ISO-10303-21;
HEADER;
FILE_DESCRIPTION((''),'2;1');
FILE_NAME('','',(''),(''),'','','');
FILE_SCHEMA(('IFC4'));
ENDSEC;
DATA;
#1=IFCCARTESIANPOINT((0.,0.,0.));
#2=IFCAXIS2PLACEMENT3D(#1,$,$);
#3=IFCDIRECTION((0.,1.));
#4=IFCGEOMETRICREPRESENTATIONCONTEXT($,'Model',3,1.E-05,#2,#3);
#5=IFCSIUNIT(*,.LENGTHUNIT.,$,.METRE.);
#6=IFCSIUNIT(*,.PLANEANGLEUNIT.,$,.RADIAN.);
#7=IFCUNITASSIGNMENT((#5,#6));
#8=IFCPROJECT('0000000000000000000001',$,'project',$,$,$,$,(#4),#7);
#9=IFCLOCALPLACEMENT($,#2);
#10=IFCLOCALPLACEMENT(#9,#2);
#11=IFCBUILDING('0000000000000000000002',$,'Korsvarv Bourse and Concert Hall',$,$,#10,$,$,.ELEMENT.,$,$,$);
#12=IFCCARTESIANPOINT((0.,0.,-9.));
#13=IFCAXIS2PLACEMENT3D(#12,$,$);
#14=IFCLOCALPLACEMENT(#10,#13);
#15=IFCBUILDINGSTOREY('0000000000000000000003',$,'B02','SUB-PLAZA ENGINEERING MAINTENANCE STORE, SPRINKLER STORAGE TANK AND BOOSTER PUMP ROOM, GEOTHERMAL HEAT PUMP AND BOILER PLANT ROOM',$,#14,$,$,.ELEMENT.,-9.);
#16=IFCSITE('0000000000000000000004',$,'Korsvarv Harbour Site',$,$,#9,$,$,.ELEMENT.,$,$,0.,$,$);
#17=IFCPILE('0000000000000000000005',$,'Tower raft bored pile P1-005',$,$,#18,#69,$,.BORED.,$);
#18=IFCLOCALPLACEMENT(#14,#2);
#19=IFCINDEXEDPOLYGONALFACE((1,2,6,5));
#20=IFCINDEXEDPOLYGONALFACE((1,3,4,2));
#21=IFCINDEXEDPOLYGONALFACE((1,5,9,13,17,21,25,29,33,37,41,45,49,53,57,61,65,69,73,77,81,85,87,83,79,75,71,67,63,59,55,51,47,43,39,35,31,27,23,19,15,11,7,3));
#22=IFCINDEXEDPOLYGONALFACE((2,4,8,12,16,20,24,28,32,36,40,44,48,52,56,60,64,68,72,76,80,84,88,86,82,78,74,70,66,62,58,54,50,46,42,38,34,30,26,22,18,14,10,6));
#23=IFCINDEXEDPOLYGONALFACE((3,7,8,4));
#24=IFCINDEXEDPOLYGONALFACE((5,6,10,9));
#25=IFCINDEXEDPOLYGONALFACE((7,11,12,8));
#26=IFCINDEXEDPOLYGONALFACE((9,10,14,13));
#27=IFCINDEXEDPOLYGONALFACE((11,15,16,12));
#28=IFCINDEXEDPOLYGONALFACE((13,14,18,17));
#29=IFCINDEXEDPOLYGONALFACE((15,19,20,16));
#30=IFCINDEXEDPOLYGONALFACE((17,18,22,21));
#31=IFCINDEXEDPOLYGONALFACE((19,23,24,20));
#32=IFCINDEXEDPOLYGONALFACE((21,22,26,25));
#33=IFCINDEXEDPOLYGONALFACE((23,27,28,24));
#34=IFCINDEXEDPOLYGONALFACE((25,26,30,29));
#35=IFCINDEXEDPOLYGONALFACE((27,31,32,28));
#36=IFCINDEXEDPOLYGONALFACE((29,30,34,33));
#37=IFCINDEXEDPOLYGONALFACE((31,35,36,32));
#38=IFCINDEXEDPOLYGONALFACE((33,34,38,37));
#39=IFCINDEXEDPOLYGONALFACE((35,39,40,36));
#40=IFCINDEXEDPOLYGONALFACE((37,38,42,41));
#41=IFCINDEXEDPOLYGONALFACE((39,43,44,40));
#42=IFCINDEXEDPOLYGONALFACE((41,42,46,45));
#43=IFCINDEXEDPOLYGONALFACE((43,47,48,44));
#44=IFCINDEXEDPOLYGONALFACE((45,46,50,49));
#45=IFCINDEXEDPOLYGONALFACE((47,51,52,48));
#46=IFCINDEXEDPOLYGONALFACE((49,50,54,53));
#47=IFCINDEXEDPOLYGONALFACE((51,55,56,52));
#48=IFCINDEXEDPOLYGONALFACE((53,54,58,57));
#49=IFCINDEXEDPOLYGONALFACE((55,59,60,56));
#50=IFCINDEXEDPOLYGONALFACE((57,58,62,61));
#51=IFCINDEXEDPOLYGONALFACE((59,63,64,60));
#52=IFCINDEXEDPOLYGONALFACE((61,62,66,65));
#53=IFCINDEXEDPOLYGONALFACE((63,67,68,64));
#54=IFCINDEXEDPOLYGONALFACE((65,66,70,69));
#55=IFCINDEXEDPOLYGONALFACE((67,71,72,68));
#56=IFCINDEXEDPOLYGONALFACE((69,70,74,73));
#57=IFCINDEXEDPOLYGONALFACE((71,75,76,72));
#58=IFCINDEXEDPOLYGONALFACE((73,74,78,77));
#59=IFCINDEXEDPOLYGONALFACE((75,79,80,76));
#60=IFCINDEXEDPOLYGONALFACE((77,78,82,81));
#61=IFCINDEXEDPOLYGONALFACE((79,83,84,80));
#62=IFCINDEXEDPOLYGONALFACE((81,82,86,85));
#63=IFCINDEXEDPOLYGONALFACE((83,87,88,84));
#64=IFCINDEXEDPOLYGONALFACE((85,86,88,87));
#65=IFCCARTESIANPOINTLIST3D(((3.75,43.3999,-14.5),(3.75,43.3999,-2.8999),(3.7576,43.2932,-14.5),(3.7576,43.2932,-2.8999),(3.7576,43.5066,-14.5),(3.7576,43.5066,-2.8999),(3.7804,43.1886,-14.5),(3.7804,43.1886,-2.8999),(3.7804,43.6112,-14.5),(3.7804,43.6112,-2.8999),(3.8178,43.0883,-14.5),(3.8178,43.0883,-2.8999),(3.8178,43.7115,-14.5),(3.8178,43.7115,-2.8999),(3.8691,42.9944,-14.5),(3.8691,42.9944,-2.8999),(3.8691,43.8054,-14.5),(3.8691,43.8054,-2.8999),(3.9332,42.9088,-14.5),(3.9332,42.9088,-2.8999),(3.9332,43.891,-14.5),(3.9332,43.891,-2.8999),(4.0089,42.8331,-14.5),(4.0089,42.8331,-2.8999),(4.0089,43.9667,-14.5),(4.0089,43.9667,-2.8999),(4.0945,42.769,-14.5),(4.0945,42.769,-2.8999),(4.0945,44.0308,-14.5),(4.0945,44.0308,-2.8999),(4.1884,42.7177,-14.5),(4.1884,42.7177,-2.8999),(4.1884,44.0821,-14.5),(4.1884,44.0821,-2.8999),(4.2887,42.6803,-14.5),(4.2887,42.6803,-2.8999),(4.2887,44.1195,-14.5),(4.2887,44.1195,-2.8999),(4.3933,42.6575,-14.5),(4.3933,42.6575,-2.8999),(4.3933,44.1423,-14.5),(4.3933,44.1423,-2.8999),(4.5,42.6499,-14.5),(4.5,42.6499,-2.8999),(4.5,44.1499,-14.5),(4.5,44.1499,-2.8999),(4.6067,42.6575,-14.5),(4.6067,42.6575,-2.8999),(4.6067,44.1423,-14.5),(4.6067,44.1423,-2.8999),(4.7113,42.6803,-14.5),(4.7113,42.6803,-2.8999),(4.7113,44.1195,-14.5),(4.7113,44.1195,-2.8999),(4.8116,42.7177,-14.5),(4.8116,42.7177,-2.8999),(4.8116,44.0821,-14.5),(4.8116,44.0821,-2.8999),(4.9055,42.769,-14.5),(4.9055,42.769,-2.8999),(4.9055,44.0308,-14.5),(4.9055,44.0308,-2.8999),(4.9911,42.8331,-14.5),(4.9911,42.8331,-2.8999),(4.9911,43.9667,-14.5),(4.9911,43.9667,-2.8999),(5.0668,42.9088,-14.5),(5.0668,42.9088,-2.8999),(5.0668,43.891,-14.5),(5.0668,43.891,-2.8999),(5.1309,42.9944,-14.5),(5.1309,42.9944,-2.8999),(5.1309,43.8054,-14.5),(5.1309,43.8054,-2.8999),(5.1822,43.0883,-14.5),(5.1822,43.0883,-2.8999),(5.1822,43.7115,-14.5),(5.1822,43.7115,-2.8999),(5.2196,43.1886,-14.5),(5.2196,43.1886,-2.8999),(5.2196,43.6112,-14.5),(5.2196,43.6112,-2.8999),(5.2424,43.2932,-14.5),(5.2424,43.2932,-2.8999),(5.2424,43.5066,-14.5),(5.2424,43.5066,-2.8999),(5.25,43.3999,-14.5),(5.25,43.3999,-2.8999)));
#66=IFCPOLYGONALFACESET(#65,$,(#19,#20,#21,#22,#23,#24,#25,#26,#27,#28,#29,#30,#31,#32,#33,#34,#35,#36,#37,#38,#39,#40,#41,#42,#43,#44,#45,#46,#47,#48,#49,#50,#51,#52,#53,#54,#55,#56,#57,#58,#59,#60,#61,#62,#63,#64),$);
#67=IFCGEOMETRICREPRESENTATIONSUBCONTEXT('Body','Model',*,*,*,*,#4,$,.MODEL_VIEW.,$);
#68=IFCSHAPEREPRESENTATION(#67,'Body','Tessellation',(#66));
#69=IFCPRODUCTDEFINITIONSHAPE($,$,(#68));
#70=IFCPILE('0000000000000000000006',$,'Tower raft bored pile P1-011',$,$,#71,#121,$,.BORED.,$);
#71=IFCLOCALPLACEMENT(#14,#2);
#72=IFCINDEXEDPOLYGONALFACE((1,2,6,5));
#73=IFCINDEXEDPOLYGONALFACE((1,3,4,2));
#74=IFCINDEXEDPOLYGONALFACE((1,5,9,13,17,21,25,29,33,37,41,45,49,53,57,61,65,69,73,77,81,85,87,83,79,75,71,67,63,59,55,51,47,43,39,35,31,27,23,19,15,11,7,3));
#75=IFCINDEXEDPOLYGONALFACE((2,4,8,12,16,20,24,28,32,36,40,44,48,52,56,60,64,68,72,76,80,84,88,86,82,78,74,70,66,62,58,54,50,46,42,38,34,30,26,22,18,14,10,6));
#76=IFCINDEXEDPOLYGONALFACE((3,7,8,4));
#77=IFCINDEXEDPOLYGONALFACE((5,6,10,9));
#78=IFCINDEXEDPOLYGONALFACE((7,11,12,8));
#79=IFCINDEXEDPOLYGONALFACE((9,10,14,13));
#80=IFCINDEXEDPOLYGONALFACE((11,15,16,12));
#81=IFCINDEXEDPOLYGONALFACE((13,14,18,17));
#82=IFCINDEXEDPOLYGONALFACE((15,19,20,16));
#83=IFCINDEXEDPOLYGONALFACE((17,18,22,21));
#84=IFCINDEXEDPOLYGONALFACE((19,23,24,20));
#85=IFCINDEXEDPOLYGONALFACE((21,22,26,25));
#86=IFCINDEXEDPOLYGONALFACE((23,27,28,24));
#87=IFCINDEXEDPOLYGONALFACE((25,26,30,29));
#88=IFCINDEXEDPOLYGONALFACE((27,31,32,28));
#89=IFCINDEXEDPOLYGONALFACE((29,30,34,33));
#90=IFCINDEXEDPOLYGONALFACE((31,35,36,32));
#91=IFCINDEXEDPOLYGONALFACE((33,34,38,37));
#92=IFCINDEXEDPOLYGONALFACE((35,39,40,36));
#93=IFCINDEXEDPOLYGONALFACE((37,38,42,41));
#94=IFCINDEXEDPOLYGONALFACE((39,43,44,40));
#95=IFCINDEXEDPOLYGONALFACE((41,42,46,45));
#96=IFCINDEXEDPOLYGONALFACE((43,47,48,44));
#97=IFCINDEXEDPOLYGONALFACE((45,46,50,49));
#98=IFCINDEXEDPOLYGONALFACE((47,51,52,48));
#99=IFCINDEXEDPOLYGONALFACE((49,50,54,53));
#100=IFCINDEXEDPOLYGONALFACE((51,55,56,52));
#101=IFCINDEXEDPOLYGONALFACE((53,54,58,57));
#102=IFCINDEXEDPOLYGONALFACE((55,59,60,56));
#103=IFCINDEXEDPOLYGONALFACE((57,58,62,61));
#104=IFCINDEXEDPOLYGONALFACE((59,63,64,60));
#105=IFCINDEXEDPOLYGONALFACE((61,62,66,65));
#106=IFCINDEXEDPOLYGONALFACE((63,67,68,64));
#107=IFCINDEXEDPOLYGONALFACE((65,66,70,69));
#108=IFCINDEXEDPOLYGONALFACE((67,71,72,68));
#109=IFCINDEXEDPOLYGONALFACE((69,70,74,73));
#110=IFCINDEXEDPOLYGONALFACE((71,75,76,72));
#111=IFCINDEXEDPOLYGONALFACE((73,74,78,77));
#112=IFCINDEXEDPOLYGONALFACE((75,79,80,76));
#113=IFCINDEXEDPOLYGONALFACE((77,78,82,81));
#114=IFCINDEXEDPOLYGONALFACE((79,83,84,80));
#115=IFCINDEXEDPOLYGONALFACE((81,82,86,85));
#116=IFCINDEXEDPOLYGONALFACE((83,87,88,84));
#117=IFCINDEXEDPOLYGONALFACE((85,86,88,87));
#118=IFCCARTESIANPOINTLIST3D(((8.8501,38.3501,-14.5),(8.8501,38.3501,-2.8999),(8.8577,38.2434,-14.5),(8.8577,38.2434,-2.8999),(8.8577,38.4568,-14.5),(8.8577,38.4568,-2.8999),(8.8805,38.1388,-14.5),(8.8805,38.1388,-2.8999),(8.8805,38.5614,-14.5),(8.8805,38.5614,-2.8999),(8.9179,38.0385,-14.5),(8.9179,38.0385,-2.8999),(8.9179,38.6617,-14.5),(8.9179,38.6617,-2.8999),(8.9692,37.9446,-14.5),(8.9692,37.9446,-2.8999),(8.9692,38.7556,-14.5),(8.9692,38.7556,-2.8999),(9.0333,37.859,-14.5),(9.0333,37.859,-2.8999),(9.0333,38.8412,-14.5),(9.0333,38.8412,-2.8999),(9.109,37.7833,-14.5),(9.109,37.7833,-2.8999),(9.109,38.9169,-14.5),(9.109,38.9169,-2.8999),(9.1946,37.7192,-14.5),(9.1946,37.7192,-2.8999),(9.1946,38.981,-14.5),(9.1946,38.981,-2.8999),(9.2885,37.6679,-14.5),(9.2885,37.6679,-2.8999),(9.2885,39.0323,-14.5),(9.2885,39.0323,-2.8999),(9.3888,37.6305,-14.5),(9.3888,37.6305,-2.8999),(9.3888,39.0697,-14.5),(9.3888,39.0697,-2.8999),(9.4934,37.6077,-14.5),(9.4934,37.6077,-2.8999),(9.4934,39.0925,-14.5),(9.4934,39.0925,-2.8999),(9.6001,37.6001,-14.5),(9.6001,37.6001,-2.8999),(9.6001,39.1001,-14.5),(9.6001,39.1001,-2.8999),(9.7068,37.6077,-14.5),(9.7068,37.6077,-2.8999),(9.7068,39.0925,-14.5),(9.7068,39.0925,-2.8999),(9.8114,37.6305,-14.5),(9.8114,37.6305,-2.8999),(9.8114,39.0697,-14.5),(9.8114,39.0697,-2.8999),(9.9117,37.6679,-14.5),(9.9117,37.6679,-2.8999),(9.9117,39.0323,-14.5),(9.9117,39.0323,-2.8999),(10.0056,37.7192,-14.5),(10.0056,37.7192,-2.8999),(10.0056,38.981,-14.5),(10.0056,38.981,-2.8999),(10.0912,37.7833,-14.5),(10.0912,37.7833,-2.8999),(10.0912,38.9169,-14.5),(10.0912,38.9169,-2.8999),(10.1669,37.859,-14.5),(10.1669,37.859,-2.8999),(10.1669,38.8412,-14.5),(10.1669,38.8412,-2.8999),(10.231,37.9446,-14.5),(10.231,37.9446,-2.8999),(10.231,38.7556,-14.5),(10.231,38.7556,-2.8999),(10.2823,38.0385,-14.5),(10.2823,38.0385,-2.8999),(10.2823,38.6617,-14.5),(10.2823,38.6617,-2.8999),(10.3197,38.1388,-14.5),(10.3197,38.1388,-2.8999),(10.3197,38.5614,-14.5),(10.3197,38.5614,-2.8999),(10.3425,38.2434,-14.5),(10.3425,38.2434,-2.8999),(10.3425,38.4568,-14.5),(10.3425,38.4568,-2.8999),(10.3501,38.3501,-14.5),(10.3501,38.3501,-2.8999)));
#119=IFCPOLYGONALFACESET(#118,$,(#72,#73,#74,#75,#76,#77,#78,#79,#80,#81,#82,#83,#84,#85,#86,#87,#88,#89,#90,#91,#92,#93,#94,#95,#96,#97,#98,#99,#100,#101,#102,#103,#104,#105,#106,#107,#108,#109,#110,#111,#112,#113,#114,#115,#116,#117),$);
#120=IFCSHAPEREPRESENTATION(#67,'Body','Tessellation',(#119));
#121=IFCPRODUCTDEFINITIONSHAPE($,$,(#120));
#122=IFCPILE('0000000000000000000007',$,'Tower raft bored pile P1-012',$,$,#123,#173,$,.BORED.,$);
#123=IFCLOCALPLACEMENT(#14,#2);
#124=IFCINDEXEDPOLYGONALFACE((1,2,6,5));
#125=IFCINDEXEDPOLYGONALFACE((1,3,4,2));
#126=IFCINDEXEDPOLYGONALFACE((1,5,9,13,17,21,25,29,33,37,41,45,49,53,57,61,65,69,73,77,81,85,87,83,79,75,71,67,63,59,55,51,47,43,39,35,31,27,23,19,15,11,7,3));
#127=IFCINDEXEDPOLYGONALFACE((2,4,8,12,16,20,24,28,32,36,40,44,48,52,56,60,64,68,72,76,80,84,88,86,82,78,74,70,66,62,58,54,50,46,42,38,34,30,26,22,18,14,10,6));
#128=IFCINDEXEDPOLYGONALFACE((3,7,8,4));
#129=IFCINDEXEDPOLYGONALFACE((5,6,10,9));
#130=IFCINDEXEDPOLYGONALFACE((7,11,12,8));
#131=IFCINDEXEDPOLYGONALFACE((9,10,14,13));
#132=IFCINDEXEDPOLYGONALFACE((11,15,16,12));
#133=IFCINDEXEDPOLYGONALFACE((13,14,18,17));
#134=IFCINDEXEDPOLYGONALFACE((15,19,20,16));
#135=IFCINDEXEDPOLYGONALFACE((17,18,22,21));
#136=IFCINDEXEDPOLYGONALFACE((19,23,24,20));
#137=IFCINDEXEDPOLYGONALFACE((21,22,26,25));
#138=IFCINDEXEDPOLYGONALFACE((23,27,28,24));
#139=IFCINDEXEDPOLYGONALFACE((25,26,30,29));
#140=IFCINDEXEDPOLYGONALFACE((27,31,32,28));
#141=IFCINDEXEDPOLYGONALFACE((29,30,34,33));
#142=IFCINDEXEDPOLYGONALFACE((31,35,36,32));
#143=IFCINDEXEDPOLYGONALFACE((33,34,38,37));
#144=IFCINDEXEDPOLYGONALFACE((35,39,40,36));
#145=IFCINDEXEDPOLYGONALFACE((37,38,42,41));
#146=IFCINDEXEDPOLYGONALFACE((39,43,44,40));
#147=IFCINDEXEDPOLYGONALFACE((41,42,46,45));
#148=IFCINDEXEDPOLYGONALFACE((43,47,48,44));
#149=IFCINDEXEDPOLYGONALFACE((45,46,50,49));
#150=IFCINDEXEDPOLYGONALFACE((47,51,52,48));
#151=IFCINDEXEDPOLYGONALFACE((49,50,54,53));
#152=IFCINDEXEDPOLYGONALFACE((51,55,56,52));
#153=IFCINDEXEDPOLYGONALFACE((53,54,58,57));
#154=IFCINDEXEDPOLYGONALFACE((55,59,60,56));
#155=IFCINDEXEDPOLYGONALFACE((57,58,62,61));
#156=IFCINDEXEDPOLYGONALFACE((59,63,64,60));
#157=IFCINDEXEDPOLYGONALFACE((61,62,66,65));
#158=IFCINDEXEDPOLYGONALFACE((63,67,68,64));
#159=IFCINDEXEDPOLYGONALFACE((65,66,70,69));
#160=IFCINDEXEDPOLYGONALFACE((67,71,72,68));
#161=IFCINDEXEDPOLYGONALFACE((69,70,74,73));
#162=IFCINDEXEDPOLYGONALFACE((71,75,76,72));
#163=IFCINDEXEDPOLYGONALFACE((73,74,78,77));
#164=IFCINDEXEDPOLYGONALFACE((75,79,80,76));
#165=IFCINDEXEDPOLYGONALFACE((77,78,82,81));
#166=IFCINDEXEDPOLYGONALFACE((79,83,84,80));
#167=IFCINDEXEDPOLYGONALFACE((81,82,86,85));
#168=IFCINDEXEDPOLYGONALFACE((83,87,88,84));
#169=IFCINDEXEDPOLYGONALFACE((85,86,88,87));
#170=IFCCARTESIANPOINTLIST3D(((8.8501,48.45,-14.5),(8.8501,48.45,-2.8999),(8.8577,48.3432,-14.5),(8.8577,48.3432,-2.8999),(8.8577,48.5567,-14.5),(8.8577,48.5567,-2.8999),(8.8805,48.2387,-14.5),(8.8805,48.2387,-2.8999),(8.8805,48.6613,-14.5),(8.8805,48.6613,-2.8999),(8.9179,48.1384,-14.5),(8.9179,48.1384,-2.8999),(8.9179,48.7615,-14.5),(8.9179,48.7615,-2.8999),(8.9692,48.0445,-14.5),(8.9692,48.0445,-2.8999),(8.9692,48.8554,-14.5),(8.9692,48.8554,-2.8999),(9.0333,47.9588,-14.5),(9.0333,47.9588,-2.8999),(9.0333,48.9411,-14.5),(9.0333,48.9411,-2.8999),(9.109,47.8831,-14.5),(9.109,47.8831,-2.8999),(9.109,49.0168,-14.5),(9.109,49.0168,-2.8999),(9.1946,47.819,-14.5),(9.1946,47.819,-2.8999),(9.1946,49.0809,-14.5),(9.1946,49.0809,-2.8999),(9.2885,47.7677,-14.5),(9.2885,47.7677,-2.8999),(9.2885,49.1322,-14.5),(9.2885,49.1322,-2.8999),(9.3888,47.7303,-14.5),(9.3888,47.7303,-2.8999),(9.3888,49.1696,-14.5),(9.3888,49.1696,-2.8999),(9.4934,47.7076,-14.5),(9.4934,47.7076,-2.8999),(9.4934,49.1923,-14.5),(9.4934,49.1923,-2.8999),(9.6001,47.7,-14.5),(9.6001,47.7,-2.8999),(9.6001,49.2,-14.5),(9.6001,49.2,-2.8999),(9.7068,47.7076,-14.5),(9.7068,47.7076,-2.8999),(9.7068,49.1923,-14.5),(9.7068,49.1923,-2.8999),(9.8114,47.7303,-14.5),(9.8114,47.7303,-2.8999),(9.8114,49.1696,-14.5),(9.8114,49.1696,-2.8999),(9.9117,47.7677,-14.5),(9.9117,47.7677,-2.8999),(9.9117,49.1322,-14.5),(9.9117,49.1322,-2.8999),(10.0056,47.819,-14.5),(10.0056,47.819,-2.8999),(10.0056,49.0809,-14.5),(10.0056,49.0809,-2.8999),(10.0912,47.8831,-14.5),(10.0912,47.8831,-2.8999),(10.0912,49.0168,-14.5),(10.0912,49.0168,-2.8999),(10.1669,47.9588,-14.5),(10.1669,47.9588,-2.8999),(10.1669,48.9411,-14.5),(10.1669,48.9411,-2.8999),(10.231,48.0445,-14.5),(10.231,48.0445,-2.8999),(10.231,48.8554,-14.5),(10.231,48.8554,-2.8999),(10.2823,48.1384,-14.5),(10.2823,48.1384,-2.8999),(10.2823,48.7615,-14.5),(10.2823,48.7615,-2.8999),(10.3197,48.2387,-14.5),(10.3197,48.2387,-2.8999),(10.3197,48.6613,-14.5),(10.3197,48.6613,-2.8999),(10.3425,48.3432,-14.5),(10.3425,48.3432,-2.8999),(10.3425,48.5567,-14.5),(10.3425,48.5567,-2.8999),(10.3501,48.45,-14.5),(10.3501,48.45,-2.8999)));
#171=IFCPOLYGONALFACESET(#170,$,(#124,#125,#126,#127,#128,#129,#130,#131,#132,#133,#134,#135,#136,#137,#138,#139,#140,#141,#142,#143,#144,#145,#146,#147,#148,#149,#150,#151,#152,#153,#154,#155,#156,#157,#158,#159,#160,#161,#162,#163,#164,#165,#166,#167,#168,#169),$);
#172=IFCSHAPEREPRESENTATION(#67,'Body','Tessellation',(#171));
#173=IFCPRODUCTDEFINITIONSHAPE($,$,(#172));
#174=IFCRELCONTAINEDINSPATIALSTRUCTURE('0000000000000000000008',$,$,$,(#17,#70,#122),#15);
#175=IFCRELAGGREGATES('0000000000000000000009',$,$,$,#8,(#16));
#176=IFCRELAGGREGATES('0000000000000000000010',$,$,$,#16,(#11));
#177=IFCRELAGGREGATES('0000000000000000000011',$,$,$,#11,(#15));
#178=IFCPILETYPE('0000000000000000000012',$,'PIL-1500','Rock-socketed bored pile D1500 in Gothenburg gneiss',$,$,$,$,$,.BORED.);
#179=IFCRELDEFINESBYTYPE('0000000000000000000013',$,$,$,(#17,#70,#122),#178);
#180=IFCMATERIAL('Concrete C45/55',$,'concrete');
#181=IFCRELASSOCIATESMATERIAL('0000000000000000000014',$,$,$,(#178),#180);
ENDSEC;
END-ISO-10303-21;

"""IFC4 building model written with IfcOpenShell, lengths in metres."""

from ifc_helpers import new_model, si_unit, direction, frame, origin, origin_2d, place, context, subcontext, project, spatial, circle, extrude, source, transform, mapped, material, material_profile, profile_set, type_object, element, save


model = new_model("IFC4")

# Units and contexts
model_context = context("Model", 3, precision=1e-05, world=origin(), true_north=direction((0.0, 1.0)))
body_context = subcontext(model_context, "Body", "Model", "MODEL_VIEW")
ifc_project = project(units=[si_unit("LENGTHUNIT", "METRE"), si_unit("PLANEANGLEUNIT", "RADIAN")], contexts=[model_context])

# Site, building, storey
site_placement = place(None, origin())
site = spatial("IfcSite", under=ifc_project, at=site_placement, Name="Korsvarv Harbour Site", CompositionType="ELEMENT", RefElevation=0.0)
building_placement = place(site_placement, origin())
building = spatial("IfcBuilding", under=site, at=building_placement, Name="Korsvarv Bourse and Concert Hall", CompositionType="ELEMENT")
storey_placement = place(building_placement, frame((0.0, 0.0, -9.0)))
storey = spatial("IfcBuildingStorey", under=building, at=storey_placement, Name="B02", Description="SUB-PLAZA ENGINEERING MAINTENANCE STORE, SPRINKLER STORAGE TANK AND BOOSTER PUMP ROOM, GEOTHERMAL HEAT PUMP AND BOILER PLANT ROOM", CompositionType="ELEMENT", Elevation=-9.0)

# Piles
ifc_material_1 = material(Name="Concrete C45/55", Category="concrete")
ifc_material_profile_1 = material_profile(ifc_material_1, circle(Radius=0.75, at=origin_2d()), Name="PILE D1500")
ifc_profile_set_1 = profile_set([ifc_material_profile_1], Name="Concrete C45/55")
pile_type = type_object("IfcPileType", Name="PIL-1500", Description="Rock-socketed bored pile D1500 in Gothenburg gneiss", PredefinedType="BORED", material=ifc_profile_set_1)
shared_shape_1 = source(origin(), body_context, "Body", "SweptSolid", [
    extrude(circle(Radius=0.75, at=origin_2d()), origin(), (0.0, 0.0, 1.0), 11.6001),
])
for number, where, z_axis, x_axis, name in (
    (1, (4.5, 43.3999, -2.8999), (0.0, 0.0, -1.0), (1.0, 0.0, 0.0), "Tower raft bored pile P1-005"),
    (2, (9.6001, 38.3501, -2.8999), (0.0, 0.0, -1.0), (1.0, 0.0, 0.0), "Tower raft bored pile P1-011"),
    (3, (9.6001, 48.45, -2.8999), (0.0, 0.0, -1.0), (1.0, 0.0, 0.0), "Tower raft bored pile P1-012"),
):
    element("IfcPile", number, at=place(storey_placement, frame(where, z_axis=z_axis, x_axis=x_axis)), inside=storey, type_object=pile_type, Name=name, PredefinedType="BORED", context=body_context, shape_type="MappedRepresentation", body=[
        mapped(shared_shape_1, transform((0.0, 0.0, 0.0), scale=1.0)),
    ])

save(model, "model.ifc")
